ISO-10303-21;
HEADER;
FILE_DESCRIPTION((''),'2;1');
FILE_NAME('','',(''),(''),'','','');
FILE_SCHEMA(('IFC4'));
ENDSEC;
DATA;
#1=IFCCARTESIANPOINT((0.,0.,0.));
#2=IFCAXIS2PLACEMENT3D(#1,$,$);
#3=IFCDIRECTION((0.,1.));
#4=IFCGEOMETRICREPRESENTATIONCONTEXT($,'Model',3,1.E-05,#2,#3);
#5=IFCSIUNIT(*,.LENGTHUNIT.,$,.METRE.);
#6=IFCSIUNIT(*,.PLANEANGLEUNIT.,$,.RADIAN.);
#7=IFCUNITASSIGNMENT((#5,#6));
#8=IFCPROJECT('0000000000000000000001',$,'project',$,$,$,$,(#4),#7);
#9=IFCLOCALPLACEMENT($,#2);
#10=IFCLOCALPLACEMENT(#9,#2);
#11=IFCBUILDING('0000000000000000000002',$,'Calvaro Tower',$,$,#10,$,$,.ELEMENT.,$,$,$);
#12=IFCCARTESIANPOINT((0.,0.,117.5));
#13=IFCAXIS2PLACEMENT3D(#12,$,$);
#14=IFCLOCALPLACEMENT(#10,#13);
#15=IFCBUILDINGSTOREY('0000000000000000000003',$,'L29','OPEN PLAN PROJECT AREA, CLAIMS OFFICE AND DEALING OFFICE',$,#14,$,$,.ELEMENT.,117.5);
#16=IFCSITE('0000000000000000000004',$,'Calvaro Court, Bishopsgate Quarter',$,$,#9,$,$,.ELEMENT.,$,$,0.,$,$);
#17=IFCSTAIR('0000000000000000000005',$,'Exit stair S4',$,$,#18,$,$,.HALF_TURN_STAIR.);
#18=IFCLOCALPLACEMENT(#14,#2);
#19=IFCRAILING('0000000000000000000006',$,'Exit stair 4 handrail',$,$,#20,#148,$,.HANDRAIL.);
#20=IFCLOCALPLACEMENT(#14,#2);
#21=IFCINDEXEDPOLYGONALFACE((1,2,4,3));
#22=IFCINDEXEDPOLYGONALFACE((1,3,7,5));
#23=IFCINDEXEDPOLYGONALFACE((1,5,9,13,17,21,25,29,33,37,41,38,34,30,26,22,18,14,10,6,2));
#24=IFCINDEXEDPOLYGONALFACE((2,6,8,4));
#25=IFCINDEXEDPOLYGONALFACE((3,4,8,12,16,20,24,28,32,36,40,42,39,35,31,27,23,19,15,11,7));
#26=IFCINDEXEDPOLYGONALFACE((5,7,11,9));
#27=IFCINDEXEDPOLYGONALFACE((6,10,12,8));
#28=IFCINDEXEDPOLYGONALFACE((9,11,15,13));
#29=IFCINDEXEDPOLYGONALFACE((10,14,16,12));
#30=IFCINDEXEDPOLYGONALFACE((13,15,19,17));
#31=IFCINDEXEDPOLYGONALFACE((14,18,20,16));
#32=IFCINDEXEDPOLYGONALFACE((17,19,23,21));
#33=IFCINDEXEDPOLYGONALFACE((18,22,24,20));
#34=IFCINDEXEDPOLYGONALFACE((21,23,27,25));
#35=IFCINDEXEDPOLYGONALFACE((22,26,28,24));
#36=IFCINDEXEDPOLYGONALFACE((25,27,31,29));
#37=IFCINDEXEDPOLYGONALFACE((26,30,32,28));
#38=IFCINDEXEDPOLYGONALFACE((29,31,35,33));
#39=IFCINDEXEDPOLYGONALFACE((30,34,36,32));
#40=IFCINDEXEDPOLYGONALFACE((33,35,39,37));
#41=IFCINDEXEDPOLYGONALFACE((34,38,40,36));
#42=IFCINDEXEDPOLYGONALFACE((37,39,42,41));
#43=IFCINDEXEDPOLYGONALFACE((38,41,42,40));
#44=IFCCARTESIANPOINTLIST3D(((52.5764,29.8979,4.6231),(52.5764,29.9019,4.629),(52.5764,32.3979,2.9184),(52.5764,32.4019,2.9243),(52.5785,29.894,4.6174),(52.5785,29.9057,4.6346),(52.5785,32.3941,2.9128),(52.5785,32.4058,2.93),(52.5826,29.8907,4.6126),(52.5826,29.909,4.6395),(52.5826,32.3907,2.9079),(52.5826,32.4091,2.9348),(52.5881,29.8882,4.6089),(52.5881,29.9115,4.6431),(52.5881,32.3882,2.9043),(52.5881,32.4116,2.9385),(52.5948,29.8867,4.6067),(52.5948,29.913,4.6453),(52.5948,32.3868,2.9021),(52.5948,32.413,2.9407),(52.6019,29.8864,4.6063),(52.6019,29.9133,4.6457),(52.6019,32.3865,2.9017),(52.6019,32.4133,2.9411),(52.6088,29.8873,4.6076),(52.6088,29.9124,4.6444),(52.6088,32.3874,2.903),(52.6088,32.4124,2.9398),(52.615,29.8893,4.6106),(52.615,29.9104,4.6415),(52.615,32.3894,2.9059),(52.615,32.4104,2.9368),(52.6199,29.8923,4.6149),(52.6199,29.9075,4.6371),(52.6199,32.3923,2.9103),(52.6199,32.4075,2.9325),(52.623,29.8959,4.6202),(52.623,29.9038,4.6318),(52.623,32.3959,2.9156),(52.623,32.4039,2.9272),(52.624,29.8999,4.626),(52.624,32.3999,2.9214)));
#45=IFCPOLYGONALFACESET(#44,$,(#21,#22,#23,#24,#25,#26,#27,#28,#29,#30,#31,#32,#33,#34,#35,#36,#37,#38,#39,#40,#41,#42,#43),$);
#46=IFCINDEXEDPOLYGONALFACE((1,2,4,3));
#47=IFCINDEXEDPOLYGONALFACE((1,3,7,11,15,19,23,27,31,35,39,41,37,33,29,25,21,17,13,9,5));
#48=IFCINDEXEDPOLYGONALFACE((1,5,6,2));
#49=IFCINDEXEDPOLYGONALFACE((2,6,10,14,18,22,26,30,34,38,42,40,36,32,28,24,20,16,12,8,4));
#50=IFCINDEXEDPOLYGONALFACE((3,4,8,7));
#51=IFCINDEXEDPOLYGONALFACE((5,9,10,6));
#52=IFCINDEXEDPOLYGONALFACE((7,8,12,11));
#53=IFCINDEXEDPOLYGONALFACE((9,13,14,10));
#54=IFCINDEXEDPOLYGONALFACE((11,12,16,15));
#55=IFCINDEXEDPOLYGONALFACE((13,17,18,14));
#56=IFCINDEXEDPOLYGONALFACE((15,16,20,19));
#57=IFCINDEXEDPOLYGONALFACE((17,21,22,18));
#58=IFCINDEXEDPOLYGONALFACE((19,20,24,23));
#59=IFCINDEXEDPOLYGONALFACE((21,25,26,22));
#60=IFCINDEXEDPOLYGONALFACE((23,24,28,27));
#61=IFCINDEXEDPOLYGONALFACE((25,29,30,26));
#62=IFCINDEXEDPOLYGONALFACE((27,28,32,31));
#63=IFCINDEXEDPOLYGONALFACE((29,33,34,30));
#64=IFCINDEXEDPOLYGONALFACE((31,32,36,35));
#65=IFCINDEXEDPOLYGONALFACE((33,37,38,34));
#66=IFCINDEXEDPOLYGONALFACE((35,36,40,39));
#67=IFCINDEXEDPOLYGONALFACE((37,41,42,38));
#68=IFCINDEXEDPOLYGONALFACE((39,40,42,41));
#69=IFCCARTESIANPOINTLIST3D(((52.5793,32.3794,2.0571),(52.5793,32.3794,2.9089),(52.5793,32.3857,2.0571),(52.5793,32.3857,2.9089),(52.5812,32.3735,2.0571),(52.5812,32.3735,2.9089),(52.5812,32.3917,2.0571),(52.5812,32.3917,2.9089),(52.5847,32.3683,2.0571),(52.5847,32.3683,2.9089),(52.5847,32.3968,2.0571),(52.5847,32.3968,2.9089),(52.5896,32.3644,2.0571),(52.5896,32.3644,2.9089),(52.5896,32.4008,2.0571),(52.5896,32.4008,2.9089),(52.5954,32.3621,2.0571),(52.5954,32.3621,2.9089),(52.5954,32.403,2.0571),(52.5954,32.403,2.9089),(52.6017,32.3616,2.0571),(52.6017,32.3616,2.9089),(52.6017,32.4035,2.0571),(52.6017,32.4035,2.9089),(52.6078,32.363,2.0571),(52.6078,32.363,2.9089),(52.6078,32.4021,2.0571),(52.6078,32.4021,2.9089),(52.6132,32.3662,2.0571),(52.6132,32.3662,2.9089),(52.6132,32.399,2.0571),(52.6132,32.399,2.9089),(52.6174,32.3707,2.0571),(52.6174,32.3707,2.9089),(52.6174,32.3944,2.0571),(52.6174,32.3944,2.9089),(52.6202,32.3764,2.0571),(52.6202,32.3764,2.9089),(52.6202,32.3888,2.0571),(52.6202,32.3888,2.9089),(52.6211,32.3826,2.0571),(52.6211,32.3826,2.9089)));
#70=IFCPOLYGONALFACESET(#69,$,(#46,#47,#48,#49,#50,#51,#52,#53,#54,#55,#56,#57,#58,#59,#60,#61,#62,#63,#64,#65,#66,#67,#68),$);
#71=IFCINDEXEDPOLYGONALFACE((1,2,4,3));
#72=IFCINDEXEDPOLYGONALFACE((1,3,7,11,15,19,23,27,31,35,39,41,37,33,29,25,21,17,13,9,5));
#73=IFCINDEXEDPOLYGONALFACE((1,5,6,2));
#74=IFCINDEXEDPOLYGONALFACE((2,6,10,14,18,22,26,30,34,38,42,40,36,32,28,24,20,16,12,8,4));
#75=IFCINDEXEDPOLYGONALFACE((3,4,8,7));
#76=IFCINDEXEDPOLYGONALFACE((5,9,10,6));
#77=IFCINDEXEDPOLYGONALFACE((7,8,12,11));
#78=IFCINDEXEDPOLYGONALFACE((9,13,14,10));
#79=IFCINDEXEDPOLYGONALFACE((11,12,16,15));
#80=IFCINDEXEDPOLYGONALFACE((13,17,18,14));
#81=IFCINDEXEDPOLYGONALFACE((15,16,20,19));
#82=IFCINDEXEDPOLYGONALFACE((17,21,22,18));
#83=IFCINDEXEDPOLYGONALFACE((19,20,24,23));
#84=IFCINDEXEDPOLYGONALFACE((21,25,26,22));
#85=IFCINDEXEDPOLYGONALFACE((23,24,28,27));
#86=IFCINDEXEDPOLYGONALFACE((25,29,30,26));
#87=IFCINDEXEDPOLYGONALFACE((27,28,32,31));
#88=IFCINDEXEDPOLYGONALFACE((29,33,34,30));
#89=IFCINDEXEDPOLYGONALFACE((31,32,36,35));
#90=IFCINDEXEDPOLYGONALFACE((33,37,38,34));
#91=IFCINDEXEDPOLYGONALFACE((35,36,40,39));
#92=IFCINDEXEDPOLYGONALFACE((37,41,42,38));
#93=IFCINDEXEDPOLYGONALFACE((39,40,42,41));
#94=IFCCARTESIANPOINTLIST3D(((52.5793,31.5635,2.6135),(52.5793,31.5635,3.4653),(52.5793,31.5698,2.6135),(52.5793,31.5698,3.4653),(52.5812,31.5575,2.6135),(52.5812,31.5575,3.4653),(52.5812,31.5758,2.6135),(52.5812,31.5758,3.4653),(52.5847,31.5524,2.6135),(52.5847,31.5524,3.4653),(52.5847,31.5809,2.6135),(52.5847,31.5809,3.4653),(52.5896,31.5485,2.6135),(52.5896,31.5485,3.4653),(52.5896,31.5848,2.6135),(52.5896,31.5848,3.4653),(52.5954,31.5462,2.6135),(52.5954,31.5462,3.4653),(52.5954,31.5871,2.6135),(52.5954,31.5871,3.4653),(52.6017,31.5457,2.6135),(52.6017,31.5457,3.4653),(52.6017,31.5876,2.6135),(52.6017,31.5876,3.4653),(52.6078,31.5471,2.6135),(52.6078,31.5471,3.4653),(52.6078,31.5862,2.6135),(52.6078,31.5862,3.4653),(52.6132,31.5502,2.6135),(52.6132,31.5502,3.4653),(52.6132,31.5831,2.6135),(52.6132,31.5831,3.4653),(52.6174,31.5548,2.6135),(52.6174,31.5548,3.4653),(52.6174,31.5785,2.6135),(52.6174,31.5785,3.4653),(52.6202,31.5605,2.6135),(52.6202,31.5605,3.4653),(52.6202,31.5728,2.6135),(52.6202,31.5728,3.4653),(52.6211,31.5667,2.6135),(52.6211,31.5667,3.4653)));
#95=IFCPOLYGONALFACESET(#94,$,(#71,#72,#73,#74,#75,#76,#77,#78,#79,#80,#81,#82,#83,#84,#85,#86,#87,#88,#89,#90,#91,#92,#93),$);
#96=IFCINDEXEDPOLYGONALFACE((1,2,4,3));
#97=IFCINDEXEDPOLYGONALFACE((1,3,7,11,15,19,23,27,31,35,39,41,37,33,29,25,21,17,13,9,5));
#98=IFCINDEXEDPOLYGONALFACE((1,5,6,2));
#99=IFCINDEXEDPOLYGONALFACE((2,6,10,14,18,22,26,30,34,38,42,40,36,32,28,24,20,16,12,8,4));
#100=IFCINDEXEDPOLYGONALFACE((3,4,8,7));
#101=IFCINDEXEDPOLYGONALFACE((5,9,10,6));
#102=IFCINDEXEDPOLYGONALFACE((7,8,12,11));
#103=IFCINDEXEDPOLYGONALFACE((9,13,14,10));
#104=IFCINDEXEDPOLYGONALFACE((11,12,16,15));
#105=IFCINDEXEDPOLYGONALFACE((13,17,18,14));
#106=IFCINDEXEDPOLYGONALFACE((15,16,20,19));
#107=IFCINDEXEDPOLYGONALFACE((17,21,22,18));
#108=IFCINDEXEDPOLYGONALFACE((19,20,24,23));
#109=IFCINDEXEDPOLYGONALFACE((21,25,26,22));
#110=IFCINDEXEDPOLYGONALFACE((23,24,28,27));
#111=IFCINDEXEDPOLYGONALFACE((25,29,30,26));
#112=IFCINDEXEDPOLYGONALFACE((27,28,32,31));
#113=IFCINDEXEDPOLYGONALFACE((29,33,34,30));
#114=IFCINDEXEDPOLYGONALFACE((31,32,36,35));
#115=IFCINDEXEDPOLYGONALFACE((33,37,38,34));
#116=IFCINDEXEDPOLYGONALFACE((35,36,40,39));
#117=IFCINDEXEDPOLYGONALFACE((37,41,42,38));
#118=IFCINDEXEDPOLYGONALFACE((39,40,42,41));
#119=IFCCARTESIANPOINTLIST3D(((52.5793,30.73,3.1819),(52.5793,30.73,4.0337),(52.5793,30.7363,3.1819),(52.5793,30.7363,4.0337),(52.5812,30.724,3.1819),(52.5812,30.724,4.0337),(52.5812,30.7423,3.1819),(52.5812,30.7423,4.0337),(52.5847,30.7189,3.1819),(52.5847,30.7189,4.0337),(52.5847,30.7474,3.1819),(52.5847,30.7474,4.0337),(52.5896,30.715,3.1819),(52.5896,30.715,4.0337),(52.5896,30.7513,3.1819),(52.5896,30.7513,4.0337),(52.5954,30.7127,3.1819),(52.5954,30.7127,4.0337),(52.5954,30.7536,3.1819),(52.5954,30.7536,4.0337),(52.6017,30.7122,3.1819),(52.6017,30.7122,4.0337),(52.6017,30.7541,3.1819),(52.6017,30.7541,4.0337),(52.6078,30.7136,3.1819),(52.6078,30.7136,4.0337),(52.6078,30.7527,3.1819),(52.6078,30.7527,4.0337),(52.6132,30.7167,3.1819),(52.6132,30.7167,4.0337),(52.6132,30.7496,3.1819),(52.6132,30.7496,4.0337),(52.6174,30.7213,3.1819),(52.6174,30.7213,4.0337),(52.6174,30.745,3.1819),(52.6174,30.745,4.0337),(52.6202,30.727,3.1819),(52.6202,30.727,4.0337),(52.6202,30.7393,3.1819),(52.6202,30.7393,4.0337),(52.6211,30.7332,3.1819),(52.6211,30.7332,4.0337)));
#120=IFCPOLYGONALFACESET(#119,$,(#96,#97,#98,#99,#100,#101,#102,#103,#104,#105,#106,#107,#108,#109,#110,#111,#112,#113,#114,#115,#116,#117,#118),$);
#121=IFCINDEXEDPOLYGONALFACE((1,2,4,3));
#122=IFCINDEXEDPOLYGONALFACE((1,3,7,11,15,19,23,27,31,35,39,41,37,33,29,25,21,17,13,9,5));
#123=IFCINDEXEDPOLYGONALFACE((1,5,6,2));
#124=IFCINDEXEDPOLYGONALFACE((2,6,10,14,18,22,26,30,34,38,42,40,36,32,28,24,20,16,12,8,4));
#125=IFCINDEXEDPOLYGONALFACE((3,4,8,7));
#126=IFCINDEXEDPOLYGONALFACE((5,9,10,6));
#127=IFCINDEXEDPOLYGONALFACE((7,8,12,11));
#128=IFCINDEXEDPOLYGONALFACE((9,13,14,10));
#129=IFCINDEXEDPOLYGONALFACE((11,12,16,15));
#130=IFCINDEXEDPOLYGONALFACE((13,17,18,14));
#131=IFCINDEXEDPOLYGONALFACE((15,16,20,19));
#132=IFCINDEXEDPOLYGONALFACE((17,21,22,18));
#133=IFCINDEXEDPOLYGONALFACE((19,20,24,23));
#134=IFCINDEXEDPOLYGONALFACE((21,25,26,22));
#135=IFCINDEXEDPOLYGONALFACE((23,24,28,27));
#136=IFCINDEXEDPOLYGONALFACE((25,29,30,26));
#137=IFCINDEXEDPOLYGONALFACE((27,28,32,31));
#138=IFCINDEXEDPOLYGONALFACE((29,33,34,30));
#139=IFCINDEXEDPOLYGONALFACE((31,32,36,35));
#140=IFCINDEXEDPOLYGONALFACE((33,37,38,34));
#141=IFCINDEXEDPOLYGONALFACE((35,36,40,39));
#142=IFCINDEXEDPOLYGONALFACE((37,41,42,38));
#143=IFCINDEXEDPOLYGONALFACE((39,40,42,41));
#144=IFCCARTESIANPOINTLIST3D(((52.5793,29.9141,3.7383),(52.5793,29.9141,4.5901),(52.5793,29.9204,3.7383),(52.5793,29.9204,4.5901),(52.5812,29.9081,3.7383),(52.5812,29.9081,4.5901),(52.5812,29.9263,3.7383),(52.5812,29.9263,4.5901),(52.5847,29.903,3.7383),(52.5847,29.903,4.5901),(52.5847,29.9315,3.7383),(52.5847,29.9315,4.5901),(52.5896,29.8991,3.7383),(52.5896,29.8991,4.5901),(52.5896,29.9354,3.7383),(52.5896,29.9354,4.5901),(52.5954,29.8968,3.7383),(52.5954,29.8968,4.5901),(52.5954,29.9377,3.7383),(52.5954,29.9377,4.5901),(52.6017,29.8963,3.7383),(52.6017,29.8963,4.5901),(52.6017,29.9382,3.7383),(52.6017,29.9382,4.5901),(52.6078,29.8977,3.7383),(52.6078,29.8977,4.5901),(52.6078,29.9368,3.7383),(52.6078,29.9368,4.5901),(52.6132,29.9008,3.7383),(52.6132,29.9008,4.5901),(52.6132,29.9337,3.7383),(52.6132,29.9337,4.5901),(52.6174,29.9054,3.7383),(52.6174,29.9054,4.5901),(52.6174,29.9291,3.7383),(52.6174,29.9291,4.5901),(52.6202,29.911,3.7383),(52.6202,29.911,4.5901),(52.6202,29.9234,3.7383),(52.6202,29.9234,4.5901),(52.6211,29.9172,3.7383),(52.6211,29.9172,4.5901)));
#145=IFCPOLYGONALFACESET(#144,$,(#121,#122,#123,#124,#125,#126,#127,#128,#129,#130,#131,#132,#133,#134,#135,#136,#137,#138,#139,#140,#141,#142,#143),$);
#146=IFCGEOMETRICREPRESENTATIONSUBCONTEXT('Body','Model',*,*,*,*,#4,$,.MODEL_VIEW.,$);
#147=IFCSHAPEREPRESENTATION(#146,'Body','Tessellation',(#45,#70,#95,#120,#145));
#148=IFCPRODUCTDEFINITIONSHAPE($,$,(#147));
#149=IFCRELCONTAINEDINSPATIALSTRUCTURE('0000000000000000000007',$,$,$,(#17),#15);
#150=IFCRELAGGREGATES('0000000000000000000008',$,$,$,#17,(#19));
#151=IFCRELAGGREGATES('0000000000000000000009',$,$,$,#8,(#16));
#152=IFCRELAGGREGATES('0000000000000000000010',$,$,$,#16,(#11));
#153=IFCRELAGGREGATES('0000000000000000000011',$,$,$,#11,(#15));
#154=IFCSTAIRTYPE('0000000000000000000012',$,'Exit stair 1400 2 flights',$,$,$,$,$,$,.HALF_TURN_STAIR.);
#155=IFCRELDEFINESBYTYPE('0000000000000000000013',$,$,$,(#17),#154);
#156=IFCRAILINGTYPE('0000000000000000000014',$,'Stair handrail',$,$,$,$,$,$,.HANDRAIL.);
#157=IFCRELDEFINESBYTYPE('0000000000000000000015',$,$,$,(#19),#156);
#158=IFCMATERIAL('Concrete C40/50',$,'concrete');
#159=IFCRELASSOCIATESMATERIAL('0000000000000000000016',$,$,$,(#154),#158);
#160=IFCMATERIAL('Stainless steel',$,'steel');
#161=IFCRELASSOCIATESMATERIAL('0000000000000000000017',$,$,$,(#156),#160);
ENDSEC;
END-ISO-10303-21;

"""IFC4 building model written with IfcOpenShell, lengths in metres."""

from ifc_helpers import new_model, si_unit, direction, frame, origin, origin_2d, place, context, subcontext, project, spatial, circle, extrude, material, type_object, element, aggregate, save


model = new_model("IFC4")

# Units and contexts
model_context = context("Model", 3, precision=1e-05, world=origin(), true_north=direction((0.0, 1.0)))
body_context = subcontext(model_context, "Body", "Model", "MODEL_VIEW")
ifc_project = project(units=[si_unit("LENGTHUNIT", "METRE"), si_unit("PLANEANGLEUNIT", "RADIAN")], contexts=[model_context])

# Site, building, storey
site_placement = place(None, origin())
site = spatial("IfcSite", under=ifc_project, at=site_placement, Name="Calvaro Court, Bishopsgate Quarter", CompositionType="ELEMENT", RefElevation=0.0)
building_placement = place(site_placement, origin())
building = spatial("IfcBuilding", under=site, at=building_placement, Name="Calvaro Tower", CompositionType="ELEMENT")
storey_placement = place(building_placement, frame((0.0, 0.0, 117.5)))
storey = spatial("IfcBuildingStorey", under=building, at=storey_placement, Name="L29", Description="OPEN PLAN PROJECT AREA, CLAIMS OFFICE AND DEALING OFFICE", CompositionType="ELEMENT", Elevation=117.5)

# Stair
ifc_material_1 = material(Name="Concrete C40/50", Category="concrete")
stair_type = type_object("IfcStairType", Name="Exit stair 1400 2 flights", PredefinedType="HALF_TURN_STAIR", material=ifc_material_1)
stair_1_placement = place(storey_placement, origin())
stair_1 = element("IfcStair", 1, at=stair_1_placement, inside=storey, type_object=stair_type, Name="Exit stair S4", PredefinedType="HALF_TURN_STAIR")

# Railing
ifc_material_2 = material(Name="Stainless steel", Category="steel")
railing_type = type_object("IfcRailingType", Name="Stair handrail", PredefinedType="HANDRAIL", material=ifc_material_2)
railing_1_placement = place(storey_placement, frame((52.6001, 32.3999, 2.0454)))
railing_1 = element("IfcRailing", 2, at=railing_1_placement, type_object=railing_type, Name="Exit stair 4 handrail", PredefinedType="HANDRAIL", context=body_context, shape_type="SweptSolid", body=[
    extrude(circle(Radius=0.0239, at=origin_2d()), frame((0.0, 0.0, 0.876), z_axis=(0.0, -0.826221, 0.563347), x_axis=(1.0, 0.0, 0.0)), (0.0, 0.0, 1.0), 3.0259),
    extrude(circle(Radius=0.021, at=origin_2d()), frame((0.0, -0.0173, 0.0117)), (0.0, 0.0, 1.0), 0.8518),
    extrude(circle(Radius=0.021, at=origin_2d()), frame((0.0, -0.8333, 0.5681)), (0.0, 0.0, 1.0), 0.8518),
    extrude(circle(Radius=0.021, at=origin_2d()), frame((0.0, -1.6667, 1.1365)), (0.0, 0.0, 1.0), 0.8518),
    extrude(circle(Radius=0.021, at=origin_2d()), frame((0.0, -2.4827, 1.6929)), (0.0, 0.0, 1.0), 0.8518),
])
aggregate(stair_1, [railing_1])

save(model, "model.ifc")
